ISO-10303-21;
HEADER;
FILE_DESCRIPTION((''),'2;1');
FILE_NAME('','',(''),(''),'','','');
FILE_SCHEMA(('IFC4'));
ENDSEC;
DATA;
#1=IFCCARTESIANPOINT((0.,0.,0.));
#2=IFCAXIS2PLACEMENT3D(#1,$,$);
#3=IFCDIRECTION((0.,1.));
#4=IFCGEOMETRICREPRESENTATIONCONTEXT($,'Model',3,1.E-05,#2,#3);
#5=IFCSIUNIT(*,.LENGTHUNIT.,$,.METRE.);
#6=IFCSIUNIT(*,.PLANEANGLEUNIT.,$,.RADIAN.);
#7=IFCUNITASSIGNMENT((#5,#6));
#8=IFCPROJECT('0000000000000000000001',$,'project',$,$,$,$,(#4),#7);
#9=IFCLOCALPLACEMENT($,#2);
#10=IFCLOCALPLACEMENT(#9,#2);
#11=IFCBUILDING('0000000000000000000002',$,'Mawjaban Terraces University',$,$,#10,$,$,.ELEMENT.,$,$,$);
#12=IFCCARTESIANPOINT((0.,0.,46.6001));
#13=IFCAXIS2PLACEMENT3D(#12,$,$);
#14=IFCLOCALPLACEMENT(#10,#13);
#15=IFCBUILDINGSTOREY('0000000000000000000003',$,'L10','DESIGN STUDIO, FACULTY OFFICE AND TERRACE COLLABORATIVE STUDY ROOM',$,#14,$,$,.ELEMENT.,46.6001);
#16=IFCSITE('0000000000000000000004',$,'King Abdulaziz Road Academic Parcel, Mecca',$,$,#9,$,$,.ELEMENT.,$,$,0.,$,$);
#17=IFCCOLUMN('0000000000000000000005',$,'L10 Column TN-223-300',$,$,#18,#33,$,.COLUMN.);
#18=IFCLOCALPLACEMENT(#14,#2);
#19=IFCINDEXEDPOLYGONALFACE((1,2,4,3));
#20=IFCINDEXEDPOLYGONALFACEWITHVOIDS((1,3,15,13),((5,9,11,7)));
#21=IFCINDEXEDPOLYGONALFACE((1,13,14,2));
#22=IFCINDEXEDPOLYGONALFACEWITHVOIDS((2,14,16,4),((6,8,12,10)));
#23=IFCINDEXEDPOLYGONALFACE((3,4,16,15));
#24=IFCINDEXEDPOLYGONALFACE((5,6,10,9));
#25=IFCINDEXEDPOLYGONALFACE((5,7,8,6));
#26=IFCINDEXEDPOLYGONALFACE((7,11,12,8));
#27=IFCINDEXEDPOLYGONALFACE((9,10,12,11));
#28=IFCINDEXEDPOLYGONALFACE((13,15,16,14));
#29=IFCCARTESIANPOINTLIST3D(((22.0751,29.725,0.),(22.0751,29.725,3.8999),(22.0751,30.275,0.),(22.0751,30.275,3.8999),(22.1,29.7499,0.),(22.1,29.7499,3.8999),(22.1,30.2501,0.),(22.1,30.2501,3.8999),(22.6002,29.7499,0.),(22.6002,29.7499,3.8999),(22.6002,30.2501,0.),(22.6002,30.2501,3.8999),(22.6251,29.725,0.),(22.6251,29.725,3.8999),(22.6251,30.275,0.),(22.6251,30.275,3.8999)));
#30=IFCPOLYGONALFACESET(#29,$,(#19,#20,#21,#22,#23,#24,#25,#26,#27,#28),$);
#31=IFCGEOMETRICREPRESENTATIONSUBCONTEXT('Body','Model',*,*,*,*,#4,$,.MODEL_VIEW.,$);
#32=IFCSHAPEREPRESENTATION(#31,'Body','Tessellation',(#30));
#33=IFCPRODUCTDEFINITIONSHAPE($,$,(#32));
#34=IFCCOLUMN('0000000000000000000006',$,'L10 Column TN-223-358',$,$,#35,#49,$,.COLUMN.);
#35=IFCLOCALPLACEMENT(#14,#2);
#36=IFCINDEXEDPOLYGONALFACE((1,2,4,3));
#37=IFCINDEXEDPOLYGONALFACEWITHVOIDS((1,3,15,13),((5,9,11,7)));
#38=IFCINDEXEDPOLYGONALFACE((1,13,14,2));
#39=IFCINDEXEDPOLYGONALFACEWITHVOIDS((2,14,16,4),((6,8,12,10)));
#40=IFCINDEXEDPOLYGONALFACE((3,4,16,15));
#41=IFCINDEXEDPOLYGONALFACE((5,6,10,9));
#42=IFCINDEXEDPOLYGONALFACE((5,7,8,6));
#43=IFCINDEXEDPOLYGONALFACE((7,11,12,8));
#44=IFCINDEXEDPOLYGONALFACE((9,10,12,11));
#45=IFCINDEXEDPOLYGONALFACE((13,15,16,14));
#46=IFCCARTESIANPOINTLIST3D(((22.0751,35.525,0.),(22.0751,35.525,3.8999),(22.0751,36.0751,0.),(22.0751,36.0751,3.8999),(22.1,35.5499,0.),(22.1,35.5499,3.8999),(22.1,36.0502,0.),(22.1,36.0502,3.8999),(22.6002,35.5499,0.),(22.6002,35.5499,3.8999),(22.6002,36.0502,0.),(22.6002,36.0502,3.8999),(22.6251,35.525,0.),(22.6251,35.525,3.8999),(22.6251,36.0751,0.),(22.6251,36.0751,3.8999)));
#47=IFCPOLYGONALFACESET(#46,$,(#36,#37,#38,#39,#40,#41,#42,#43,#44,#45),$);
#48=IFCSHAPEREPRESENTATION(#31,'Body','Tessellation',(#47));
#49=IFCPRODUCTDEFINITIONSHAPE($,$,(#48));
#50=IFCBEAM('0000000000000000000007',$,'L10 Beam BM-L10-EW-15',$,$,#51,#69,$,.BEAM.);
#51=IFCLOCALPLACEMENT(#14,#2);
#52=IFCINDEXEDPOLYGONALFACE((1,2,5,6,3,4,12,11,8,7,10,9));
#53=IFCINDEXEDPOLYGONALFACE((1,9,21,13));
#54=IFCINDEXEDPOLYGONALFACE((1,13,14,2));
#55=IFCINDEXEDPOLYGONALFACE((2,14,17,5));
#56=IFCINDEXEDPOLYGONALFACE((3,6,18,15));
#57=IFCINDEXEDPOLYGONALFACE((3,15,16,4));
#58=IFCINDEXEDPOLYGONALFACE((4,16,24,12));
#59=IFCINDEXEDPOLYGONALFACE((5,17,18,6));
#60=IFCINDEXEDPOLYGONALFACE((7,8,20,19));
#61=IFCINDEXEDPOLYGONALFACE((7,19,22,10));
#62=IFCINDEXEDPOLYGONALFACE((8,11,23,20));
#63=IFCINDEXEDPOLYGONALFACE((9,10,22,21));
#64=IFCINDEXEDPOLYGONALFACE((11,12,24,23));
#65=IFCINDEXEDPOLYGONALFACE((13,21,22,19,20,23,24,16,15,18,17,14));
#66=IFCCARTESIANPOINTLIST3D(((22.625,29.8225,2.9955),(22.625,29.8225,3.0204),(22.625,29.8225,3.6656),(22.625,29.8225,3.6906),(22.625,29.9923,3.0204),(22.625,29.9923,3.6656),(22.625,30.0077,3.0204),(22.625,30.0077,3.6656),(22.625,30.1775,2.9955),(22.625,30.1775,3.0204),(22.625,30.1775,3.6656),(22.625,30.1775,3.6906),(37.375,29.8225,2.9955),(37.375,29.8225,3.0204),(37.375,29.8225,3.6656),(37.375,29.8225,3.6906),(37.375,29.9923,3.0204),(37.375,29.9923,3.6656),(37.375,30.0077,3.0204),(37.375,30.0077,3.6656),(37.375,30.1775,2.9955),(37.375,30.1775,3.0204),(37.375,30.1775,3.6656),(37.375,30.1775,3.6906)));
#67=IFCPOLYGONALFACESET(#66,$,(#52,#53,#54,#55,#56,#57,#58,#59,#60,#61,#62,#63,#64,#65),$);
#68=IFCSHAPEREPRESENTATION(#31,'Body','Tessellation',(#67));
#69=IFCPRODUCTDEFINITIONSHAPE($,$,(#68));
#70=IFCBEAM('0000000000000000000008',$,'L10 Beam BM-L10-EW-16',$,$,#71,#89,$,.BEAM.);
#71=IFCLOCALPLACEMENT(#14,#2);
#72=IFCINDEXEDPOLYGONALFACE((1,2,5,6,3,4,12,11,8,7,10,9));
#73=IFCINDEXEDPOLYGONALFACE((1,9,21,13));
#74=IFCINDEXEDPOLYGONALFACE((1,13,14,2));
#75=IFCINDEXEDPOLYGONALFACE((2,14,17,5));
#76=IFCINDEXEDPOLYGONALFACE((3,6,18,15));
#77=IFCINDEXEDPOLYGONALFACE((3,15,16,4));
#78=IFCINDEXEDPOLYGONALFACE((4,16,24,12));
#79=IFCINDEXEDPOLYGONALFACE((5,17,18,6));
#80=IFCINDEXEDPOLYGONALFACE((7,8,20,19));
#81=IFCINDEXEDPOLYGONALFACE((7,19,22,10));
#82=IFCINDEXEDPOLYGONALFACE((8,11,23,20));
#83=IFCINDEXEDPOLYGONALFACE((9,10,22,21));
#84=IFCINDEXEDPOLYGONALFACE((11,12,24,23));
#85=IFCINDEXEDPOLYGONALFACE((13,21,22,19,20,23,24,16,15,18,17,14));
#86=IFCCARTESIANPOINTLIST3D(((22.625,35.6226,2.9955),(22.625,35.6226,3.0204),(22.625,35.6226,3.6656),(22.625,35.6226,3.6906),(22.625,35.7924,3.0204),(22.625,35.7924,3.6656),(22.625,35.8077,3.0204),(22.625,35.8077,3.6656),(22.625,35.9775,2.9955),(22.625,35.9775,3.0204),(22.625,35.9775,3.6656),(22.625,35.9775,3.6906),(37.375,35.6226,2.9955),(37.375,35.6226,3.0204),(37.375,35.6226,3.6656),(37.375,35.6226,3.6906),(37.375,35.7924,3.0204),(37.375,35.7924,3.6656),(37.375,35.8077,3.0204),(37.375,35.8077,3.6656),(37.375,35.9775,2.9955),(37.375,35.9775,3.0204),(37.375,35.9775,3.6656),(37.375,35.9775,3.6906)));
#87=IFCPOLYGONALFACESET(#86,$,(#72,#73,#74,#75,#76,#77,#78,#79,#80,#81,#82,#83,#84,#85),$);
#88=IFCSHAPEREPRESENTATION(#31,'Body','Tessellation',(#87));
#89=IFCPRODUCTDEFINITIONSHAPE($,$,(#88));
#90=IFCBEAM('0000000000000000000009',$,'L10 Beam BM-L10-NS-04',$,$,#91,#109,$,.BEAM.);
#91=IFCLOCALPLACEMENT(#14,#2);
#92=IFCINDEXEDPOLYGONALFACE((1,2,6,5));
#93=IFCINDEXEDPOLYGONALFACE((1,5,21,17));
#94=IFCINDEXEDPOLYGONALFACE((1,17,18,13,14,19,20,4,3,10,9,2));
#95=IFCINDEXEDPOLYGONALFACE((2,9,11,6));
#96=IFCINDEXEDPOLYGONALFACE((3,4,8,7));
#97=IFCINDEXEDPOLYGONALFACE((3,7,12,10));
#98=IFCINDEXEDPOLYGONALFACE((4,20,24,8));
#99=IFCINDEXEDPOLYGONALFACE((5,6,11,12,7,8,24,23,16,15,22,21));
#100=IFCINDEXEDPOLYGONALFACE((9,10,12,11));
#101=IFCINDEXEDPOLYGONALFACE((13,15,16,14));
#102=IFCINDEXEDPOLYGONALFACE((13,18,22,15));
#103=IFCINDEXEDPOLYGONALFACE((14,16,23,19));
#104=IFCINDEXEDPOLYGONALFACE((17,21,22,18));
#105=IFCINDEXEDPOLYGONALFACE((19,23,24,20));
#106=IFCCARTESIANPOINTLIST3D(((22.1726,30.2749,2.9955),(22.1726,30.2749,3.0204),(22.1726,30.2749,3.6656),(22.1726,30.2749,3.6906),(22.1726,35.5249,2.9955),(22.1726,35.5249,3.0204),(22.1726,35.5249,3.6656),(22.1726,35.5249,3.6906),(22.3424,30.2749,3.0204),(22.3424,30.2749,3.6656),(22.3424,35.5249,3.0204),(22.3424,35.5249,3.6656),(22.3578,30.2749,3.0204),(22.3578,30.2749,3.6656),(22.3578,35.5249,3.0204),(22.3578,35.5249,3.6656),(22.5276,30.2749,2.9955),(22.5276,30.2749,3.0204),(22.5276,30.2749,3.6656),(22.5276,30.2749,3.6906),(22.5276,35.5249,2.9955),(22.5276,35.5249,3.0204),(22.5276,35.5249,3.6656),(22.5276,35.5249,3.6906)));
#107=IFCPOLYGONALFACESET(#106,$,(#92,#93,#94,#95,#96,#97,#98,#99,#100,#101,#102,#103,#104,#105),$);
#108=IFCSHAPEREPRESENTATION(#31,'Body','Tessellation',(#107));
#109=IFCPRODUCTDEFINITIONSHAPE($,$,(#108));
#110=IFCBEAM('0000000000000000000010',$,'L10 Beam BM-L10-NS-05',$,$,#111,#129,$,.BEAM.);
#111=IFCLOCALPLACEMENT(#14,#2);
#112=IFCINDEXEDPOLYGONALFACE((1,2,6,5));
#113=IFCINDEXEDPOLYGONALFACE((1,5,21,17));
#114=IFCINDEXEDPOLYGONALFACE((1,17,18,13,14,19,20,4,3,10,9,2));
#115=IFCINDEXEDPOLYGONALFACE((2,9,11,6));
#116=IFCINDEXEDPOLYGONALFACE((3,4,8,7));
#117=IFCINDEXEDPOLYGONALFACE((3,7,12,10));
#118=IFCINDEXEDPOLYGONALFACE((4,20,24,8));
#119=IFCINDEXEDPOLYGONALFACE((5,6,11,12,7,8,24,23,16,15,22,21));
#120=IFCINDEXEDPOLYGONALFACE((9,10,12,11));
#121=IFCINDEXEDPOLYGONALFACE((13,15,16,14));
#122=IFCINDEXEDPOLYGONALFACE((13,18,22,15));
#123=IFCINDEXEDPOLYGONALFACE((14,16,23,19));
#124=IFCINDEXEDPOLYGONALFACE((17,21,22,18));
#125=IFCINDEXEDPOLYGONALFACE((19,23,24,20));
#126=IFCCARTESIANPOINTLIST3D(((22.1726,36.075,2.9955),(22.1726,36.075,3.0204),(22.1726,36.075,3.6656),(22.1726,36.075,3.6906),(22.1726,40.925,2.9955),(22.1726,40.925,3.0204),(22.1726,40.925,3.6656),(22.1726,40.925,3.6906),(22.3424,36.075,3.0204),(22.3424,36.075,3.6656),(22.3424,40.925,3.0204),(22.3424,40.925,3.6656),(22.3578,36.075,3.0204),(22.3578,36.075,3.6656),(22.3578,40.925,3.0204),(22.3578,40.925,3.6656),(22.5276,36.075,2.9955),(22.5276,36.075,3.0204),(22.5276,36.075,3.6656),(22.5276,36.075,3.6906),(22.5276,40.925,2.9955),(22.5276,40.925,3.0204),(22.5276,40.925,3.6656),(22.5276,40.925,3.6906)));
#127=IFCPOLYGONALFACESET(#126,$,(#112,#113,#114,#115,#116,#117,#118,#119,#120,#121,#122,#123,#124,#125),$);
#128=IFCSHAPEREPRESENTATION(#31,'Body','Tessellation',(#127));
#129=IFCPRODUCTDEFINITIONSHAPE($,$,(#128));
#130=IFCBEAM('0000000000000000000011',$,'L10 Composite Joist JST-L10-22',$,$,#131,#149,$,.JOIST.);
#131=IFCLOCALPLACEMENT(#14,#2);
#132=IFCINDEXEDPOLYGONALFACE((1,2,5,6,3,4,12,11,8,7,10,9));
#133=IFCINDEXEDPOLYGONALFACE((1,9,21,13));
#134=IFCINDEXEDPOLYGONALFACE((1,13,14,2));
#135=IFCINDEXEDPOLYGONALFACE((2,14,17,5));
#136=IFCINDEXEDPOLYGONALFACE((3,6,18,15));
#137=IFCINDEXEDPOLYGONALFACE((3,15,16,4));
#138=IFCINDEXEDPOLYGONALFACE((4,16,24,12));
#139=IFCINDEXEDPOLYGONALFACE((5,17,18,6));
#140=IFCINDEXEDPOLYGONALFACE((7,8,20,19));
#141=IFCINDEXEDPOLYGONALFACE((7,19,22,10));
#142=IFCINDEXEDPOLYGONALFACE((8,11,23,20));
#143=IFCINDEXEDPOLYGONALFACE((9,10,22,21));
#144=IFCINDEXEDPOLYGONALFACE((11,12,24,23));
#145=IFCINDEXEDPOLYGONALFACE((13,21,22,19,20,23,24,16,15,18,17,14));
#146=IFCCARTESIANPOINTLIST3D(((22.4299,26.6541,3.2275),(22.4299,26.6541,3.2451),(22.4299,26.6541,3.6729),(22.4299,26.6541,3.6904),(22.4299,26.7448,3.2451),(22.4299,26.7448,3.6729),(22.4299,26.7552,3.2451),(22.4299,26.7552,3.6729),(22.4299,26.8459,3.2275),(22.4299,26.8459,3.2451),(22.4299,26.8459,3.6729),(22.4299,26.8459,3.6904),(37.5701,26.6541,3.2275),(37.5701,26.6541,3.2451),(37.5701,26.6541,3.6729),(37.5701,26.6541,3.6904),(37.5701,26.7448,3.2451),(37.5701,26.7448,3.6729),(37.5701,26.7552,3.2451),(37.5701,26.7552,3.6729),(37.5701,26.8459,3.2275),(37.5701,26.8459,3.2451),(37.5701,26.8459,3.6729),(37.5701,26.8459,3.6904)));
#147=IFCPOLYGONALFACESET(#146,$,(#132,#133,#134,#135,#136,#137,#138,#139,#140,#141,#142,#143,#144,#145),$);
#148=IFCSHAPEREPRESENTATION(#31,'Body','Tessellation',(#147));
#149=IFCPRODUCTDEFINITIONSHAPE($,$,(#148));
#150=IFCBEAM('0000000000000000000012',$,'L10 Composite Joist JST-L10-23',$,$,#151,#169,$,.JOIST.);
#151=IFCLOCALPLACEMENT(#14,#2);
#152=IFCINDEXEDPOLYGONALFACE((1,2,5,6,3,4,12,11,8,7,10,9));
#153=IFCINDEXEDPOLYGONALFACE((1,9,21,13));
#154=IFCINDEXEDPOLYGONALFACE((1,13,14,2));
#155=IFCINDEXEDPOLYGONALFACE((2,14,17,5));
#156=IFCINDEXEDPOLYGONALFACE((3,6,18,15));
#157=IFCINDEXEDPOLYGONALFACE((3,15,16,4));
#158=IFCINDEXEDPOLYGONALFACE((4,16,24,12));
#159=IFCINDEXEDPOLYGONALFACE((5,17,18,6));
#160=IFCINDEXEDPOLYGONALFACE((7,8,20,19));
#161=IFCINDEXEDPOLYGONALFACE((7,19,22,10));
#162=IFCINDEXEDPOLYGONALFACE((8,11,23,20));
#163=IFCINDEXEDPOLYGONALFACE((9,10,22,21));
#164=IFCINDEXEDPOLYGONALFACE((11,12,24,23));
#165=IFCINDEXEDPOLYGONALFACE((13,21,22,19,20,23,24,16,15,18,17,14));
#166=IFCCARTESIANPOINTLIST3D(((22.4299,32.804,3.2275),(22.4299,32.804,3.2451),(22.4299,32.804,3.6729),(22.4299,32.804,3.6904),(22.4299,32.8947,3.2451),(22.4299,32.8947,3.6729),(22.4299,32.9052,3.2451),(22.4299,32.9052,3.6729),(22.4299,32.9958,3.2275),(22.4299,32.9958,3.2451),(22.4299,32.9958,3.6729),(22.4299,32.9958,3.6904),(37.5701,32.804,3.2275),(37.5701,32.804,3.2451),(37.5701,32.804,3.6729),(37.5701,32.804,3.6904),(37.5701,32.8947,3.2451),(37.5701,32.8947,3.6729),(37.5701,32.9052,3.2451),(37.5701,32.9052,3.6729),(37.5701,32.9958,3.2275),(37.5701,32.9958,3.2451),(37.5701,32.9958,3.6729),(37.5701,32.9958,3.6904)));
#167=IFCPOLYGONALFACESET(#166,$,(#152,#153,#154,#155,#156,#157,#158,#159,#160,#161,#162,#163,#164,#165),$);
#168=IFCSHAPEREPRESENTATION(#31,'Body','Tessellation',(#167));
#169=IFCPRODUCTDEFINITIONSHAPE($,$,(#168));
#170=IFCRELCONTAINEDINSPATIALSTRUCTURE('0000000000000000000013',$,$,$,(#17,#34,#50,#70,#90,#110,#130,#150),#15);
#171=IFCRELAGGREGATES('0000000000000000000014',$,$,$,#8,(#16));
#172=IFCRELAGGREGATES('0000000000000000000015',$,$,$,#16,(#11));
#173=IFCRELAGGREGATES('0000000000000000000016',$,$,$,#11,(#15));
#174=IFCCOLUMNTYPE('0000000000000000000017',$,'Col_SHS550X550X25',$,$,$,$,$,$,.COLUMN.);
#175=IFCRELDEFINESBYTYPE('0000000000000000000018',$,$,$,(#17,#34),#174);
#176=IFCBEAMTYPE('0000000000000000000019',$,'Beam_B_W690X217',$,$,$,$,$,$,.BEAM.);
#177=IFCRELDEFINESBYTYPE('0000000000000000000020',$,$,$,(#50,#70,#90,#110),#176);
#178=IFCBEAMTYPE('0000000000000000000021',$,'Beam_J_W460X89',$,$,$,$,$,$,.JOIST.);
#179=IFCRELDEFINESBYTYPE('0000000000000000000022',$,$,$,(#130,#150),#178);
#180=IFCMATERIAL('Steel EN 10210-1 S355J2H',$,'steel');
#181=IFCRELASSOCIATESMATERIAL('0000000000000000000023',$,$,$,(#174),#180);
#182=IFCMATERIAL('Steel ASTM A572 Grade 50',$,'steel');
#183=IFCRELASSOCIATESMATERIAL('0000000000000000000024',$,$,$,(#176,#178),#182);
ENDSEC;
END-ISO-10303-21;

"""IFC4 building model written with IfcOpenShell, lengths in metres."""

from ifc_helpers import new_model, si_unit, direction, frame, origin, origin_2d, place, context, subcontext, project, spatial, hollow_rectangle, i_section, extrude, material, material_profile, profile_set, type_object, element, save


model = new_model("IFC4")

# Units and contexts
model_context = context("Model", 3, precision=1e-05, world=origin(), true_north=direction((0.0, 1.0)))
body_context = subcontext(model_context, "Body", "Model", "MODEL_VIEW")
ifc_project = project(units=[si_unit("LENGTHUNIT", "METRE"), si_unit("PLANEANGLEUNIT", "RADIAN")], contexts=[model_context])

# Site, building, storey
site_placement = place(None, origin())
site = spatial("IfcSite", under=ifc_project, at=site_placement, Name="King Abdulaziz Road Academic Parcel, Mecca", CompositionType="ELEMENT", RefElevation=0.0)
building_placement = place(site_placement, origin())
building = spatial("IfcBuilding", under=site, at=building_placement, Name="Mawjaban Terraces University", CompositionType="ELEMENT")
storey_placement = place(building_placement, frame((0.0, 0.0, 46.6001)))
storey = spatial("IfcBuildingStorey", under=building, at=storey_placement, Name="L10", Description="DESIGN STUDIO, FACULTY OFFICE AND TERRACE COLLABORATIVE STUDY ROOM", CompositionType="ELEMENT", Elevation=46.6001)

# Columns
ifc_material_1 = material(Name="Steel EN 10210-1 S355J2H", Category="steel")
ifc_material_profile_1 = material_profile(ifc_material_1, hollow_rectangle(XDim=0.55, YDim=0.55, WallThickness=0.0249, at=origin_2d()), Name="SHS550X550X25")
ifc_profile_set_1 = profile_set([ifc_material_profile_1], Name="Steel EN 10210-1 S355J2H")
column_type = type_object("IfcColumnType", Name="Col_SHS550X550X25", PredefinedType="COLUMN", material=ifc_profile_set_1)
for number, where, z_axis, x_axis, name in (
    (1, (22.3501, 30.0, 0.0), (0.0, 0.0, 1.0), (1.0, 0.0, 0.0), "L10 Column TN-223-300"),
    (2, (22.3501, 35.8, 0.0), (0.0, 0.0, 1.0), (1.0, 0.0, 0.0), "L10 Column TN-223-358"),
):
    element("IfcColumn", number, at=place(storey_placement, frame(where, z_axis=z_axis, x_axis=x_axis)), inside=storey, type_object=column_type, Name=name, PredefinedType="COLUMN", context=body_context, shape_type="SweptSolid", body=[
        extrude(hollow_rectangle(XDim=0.55, YDim=0.55, WallThickness=0.0249, at=origin_2d()), origin(), (0.0, 0.0, 1.0), 3.8999),
    ])

# Beams
ifc_material_2 = material(Name="Steel ASTM A572 Grade 50", Category="steel")
ifc_material_profile_2 = material_profile(ifc_material_2, i_section(OverallWidth=0.355, OverallDepth=0.6951, WebThickness=0.0154, FlangeThickness=0.0249, at=origin_2d()), Name="W690X217")
ifc_profile_set_2 = profile_set([ifc_material_profile_2], Name="Steel ASTM A572 Grade 50")
beam_type_1 = type_object("IfcBeamType", Name="Beam_B_W690X217", PredefinedType="BEAM", material=ifc_profile_set_2)
for number, where, z_axis, x_axis, name in (
    (3, (22.625, 30.0, 3.343), (1.0, 0.0, 0.0), (0.0, 1.0, 0.0), "L10 Beam BM-L10-EW-15"),
    (4, (22.625, 35.8, 3.343), (1.0, 0.0, 0.0), (0.0, 1.0, 0.0), "L10 Beam BM-L10-EW-16"),
):
    element("IfcBeam", number, at=place(storey_placement, frame(where, z_axis=z_axis, x_axis=x_axis)), inside=storey, type_object=beam_type_1, Name=name, PredefinedType="BEAM", context=body_context, shape_type="SweptSolid", body=[
        extrude(i_section(OverallWidth=0.355, OverallDepth=0.6951, WebThickness=0.0154, FlangeThickness=0.0249, at=origin_2d()), origin(), (0.0, 0.0, 1.0), 14.75),
    ])
beam_1_placement = place(storey_placement, frame((22.3501, 30.2749, 3.343), z_axis=(0.0, 1.0, 0.0), x_axis=(-1.0, 0.0, 0.0)))
element("IfcBeam", 5, at=beam_1_placement, inside=storey, type_object=beam_type_1, Name="L10 Beam BM-L10-NS-04", PredefinedType="BEAM", context=body_context, shape_type="SweptSolid", body=[
    extrude(i_section(OverallWidth=0.355, OverallDepth=0.6951, WebThickness=0.0154, FlangeThickness=0.0249, at=origin_2d()), origin(), (0.0, 0.0, 1.0), 5.25),
])
beam_2_placement = place(storey_placement, frame((22.3501, 36.075, 3.343), z_axis=(0.0, 1.0, 0.0), x_axis=(-1.0, 0.0, 0.0)))
element("IfcBeam", 6, at=beam_2_placement, inside=storey, type_object=beam_type_1, Name="L10 Beam BM-L10-NS-05", PredefinedType="BEAM", context=body_context, shape_type="SweptSolid", body=[
    extrude(i_section(OverallWidth=0.355, OverallDepth=0.6951, WebThickness=0.0154, FlangeThickness=0.0249, at=origin_2d()), origin(), (0.0, 0.0, 1.0), 4.8501),
])
ifc_material_profile_3 = material_profile(ifc_material_2, i_section(OverallWidth=0.1919, OverallDepth=0.4629, WebThickness=0.0105, FlangeThickness=0.0176, at=origin_2d()), Name="W460X89")
ifc_profile_set_3 = profile_set([ifc_material_profile_3], Name="Steel ASTM A572 Grade 50")
beam_type_2 = type_object("IfcBeamType", Name="Beam_J_W460X89", PredefinedType="JOIST", material=ifc_profile_set_3)
for number, where, z_axis, x_axis, name in (
    (7, (22.4299, 26.75, 3.459), (1.0, 0.0, 0.0), (0.0, 1.0, 0.0), "L10 Composite Joist JST-L10-22"),
    (8, (22.4299, 32.8999, 3.459), (1.0, 0.0, 0.0), (0.0, 1.0, 0.0), "L10 Composite Joist JST-L10-23"),
):
    element("IfcBeam", number, at=place(storey_placement, frame(where, z_axis=z_axis, x_axis=x_axis)), inside=storey, type_object=beam_type_2, Name=name, PredefinedType="JOIST", context=body_context, shape_type="SweptSolid", body=[
        extrude(i_section(OverallWidth=0.1919, OverallDepth=0.4629, WebThickness=0.0105, FlangeThickness=0.0176, at=origin_2d()), origin(), (0.0, 0.0, 1.0), 15.1401),
    ])

save(model, "model.ifc")
